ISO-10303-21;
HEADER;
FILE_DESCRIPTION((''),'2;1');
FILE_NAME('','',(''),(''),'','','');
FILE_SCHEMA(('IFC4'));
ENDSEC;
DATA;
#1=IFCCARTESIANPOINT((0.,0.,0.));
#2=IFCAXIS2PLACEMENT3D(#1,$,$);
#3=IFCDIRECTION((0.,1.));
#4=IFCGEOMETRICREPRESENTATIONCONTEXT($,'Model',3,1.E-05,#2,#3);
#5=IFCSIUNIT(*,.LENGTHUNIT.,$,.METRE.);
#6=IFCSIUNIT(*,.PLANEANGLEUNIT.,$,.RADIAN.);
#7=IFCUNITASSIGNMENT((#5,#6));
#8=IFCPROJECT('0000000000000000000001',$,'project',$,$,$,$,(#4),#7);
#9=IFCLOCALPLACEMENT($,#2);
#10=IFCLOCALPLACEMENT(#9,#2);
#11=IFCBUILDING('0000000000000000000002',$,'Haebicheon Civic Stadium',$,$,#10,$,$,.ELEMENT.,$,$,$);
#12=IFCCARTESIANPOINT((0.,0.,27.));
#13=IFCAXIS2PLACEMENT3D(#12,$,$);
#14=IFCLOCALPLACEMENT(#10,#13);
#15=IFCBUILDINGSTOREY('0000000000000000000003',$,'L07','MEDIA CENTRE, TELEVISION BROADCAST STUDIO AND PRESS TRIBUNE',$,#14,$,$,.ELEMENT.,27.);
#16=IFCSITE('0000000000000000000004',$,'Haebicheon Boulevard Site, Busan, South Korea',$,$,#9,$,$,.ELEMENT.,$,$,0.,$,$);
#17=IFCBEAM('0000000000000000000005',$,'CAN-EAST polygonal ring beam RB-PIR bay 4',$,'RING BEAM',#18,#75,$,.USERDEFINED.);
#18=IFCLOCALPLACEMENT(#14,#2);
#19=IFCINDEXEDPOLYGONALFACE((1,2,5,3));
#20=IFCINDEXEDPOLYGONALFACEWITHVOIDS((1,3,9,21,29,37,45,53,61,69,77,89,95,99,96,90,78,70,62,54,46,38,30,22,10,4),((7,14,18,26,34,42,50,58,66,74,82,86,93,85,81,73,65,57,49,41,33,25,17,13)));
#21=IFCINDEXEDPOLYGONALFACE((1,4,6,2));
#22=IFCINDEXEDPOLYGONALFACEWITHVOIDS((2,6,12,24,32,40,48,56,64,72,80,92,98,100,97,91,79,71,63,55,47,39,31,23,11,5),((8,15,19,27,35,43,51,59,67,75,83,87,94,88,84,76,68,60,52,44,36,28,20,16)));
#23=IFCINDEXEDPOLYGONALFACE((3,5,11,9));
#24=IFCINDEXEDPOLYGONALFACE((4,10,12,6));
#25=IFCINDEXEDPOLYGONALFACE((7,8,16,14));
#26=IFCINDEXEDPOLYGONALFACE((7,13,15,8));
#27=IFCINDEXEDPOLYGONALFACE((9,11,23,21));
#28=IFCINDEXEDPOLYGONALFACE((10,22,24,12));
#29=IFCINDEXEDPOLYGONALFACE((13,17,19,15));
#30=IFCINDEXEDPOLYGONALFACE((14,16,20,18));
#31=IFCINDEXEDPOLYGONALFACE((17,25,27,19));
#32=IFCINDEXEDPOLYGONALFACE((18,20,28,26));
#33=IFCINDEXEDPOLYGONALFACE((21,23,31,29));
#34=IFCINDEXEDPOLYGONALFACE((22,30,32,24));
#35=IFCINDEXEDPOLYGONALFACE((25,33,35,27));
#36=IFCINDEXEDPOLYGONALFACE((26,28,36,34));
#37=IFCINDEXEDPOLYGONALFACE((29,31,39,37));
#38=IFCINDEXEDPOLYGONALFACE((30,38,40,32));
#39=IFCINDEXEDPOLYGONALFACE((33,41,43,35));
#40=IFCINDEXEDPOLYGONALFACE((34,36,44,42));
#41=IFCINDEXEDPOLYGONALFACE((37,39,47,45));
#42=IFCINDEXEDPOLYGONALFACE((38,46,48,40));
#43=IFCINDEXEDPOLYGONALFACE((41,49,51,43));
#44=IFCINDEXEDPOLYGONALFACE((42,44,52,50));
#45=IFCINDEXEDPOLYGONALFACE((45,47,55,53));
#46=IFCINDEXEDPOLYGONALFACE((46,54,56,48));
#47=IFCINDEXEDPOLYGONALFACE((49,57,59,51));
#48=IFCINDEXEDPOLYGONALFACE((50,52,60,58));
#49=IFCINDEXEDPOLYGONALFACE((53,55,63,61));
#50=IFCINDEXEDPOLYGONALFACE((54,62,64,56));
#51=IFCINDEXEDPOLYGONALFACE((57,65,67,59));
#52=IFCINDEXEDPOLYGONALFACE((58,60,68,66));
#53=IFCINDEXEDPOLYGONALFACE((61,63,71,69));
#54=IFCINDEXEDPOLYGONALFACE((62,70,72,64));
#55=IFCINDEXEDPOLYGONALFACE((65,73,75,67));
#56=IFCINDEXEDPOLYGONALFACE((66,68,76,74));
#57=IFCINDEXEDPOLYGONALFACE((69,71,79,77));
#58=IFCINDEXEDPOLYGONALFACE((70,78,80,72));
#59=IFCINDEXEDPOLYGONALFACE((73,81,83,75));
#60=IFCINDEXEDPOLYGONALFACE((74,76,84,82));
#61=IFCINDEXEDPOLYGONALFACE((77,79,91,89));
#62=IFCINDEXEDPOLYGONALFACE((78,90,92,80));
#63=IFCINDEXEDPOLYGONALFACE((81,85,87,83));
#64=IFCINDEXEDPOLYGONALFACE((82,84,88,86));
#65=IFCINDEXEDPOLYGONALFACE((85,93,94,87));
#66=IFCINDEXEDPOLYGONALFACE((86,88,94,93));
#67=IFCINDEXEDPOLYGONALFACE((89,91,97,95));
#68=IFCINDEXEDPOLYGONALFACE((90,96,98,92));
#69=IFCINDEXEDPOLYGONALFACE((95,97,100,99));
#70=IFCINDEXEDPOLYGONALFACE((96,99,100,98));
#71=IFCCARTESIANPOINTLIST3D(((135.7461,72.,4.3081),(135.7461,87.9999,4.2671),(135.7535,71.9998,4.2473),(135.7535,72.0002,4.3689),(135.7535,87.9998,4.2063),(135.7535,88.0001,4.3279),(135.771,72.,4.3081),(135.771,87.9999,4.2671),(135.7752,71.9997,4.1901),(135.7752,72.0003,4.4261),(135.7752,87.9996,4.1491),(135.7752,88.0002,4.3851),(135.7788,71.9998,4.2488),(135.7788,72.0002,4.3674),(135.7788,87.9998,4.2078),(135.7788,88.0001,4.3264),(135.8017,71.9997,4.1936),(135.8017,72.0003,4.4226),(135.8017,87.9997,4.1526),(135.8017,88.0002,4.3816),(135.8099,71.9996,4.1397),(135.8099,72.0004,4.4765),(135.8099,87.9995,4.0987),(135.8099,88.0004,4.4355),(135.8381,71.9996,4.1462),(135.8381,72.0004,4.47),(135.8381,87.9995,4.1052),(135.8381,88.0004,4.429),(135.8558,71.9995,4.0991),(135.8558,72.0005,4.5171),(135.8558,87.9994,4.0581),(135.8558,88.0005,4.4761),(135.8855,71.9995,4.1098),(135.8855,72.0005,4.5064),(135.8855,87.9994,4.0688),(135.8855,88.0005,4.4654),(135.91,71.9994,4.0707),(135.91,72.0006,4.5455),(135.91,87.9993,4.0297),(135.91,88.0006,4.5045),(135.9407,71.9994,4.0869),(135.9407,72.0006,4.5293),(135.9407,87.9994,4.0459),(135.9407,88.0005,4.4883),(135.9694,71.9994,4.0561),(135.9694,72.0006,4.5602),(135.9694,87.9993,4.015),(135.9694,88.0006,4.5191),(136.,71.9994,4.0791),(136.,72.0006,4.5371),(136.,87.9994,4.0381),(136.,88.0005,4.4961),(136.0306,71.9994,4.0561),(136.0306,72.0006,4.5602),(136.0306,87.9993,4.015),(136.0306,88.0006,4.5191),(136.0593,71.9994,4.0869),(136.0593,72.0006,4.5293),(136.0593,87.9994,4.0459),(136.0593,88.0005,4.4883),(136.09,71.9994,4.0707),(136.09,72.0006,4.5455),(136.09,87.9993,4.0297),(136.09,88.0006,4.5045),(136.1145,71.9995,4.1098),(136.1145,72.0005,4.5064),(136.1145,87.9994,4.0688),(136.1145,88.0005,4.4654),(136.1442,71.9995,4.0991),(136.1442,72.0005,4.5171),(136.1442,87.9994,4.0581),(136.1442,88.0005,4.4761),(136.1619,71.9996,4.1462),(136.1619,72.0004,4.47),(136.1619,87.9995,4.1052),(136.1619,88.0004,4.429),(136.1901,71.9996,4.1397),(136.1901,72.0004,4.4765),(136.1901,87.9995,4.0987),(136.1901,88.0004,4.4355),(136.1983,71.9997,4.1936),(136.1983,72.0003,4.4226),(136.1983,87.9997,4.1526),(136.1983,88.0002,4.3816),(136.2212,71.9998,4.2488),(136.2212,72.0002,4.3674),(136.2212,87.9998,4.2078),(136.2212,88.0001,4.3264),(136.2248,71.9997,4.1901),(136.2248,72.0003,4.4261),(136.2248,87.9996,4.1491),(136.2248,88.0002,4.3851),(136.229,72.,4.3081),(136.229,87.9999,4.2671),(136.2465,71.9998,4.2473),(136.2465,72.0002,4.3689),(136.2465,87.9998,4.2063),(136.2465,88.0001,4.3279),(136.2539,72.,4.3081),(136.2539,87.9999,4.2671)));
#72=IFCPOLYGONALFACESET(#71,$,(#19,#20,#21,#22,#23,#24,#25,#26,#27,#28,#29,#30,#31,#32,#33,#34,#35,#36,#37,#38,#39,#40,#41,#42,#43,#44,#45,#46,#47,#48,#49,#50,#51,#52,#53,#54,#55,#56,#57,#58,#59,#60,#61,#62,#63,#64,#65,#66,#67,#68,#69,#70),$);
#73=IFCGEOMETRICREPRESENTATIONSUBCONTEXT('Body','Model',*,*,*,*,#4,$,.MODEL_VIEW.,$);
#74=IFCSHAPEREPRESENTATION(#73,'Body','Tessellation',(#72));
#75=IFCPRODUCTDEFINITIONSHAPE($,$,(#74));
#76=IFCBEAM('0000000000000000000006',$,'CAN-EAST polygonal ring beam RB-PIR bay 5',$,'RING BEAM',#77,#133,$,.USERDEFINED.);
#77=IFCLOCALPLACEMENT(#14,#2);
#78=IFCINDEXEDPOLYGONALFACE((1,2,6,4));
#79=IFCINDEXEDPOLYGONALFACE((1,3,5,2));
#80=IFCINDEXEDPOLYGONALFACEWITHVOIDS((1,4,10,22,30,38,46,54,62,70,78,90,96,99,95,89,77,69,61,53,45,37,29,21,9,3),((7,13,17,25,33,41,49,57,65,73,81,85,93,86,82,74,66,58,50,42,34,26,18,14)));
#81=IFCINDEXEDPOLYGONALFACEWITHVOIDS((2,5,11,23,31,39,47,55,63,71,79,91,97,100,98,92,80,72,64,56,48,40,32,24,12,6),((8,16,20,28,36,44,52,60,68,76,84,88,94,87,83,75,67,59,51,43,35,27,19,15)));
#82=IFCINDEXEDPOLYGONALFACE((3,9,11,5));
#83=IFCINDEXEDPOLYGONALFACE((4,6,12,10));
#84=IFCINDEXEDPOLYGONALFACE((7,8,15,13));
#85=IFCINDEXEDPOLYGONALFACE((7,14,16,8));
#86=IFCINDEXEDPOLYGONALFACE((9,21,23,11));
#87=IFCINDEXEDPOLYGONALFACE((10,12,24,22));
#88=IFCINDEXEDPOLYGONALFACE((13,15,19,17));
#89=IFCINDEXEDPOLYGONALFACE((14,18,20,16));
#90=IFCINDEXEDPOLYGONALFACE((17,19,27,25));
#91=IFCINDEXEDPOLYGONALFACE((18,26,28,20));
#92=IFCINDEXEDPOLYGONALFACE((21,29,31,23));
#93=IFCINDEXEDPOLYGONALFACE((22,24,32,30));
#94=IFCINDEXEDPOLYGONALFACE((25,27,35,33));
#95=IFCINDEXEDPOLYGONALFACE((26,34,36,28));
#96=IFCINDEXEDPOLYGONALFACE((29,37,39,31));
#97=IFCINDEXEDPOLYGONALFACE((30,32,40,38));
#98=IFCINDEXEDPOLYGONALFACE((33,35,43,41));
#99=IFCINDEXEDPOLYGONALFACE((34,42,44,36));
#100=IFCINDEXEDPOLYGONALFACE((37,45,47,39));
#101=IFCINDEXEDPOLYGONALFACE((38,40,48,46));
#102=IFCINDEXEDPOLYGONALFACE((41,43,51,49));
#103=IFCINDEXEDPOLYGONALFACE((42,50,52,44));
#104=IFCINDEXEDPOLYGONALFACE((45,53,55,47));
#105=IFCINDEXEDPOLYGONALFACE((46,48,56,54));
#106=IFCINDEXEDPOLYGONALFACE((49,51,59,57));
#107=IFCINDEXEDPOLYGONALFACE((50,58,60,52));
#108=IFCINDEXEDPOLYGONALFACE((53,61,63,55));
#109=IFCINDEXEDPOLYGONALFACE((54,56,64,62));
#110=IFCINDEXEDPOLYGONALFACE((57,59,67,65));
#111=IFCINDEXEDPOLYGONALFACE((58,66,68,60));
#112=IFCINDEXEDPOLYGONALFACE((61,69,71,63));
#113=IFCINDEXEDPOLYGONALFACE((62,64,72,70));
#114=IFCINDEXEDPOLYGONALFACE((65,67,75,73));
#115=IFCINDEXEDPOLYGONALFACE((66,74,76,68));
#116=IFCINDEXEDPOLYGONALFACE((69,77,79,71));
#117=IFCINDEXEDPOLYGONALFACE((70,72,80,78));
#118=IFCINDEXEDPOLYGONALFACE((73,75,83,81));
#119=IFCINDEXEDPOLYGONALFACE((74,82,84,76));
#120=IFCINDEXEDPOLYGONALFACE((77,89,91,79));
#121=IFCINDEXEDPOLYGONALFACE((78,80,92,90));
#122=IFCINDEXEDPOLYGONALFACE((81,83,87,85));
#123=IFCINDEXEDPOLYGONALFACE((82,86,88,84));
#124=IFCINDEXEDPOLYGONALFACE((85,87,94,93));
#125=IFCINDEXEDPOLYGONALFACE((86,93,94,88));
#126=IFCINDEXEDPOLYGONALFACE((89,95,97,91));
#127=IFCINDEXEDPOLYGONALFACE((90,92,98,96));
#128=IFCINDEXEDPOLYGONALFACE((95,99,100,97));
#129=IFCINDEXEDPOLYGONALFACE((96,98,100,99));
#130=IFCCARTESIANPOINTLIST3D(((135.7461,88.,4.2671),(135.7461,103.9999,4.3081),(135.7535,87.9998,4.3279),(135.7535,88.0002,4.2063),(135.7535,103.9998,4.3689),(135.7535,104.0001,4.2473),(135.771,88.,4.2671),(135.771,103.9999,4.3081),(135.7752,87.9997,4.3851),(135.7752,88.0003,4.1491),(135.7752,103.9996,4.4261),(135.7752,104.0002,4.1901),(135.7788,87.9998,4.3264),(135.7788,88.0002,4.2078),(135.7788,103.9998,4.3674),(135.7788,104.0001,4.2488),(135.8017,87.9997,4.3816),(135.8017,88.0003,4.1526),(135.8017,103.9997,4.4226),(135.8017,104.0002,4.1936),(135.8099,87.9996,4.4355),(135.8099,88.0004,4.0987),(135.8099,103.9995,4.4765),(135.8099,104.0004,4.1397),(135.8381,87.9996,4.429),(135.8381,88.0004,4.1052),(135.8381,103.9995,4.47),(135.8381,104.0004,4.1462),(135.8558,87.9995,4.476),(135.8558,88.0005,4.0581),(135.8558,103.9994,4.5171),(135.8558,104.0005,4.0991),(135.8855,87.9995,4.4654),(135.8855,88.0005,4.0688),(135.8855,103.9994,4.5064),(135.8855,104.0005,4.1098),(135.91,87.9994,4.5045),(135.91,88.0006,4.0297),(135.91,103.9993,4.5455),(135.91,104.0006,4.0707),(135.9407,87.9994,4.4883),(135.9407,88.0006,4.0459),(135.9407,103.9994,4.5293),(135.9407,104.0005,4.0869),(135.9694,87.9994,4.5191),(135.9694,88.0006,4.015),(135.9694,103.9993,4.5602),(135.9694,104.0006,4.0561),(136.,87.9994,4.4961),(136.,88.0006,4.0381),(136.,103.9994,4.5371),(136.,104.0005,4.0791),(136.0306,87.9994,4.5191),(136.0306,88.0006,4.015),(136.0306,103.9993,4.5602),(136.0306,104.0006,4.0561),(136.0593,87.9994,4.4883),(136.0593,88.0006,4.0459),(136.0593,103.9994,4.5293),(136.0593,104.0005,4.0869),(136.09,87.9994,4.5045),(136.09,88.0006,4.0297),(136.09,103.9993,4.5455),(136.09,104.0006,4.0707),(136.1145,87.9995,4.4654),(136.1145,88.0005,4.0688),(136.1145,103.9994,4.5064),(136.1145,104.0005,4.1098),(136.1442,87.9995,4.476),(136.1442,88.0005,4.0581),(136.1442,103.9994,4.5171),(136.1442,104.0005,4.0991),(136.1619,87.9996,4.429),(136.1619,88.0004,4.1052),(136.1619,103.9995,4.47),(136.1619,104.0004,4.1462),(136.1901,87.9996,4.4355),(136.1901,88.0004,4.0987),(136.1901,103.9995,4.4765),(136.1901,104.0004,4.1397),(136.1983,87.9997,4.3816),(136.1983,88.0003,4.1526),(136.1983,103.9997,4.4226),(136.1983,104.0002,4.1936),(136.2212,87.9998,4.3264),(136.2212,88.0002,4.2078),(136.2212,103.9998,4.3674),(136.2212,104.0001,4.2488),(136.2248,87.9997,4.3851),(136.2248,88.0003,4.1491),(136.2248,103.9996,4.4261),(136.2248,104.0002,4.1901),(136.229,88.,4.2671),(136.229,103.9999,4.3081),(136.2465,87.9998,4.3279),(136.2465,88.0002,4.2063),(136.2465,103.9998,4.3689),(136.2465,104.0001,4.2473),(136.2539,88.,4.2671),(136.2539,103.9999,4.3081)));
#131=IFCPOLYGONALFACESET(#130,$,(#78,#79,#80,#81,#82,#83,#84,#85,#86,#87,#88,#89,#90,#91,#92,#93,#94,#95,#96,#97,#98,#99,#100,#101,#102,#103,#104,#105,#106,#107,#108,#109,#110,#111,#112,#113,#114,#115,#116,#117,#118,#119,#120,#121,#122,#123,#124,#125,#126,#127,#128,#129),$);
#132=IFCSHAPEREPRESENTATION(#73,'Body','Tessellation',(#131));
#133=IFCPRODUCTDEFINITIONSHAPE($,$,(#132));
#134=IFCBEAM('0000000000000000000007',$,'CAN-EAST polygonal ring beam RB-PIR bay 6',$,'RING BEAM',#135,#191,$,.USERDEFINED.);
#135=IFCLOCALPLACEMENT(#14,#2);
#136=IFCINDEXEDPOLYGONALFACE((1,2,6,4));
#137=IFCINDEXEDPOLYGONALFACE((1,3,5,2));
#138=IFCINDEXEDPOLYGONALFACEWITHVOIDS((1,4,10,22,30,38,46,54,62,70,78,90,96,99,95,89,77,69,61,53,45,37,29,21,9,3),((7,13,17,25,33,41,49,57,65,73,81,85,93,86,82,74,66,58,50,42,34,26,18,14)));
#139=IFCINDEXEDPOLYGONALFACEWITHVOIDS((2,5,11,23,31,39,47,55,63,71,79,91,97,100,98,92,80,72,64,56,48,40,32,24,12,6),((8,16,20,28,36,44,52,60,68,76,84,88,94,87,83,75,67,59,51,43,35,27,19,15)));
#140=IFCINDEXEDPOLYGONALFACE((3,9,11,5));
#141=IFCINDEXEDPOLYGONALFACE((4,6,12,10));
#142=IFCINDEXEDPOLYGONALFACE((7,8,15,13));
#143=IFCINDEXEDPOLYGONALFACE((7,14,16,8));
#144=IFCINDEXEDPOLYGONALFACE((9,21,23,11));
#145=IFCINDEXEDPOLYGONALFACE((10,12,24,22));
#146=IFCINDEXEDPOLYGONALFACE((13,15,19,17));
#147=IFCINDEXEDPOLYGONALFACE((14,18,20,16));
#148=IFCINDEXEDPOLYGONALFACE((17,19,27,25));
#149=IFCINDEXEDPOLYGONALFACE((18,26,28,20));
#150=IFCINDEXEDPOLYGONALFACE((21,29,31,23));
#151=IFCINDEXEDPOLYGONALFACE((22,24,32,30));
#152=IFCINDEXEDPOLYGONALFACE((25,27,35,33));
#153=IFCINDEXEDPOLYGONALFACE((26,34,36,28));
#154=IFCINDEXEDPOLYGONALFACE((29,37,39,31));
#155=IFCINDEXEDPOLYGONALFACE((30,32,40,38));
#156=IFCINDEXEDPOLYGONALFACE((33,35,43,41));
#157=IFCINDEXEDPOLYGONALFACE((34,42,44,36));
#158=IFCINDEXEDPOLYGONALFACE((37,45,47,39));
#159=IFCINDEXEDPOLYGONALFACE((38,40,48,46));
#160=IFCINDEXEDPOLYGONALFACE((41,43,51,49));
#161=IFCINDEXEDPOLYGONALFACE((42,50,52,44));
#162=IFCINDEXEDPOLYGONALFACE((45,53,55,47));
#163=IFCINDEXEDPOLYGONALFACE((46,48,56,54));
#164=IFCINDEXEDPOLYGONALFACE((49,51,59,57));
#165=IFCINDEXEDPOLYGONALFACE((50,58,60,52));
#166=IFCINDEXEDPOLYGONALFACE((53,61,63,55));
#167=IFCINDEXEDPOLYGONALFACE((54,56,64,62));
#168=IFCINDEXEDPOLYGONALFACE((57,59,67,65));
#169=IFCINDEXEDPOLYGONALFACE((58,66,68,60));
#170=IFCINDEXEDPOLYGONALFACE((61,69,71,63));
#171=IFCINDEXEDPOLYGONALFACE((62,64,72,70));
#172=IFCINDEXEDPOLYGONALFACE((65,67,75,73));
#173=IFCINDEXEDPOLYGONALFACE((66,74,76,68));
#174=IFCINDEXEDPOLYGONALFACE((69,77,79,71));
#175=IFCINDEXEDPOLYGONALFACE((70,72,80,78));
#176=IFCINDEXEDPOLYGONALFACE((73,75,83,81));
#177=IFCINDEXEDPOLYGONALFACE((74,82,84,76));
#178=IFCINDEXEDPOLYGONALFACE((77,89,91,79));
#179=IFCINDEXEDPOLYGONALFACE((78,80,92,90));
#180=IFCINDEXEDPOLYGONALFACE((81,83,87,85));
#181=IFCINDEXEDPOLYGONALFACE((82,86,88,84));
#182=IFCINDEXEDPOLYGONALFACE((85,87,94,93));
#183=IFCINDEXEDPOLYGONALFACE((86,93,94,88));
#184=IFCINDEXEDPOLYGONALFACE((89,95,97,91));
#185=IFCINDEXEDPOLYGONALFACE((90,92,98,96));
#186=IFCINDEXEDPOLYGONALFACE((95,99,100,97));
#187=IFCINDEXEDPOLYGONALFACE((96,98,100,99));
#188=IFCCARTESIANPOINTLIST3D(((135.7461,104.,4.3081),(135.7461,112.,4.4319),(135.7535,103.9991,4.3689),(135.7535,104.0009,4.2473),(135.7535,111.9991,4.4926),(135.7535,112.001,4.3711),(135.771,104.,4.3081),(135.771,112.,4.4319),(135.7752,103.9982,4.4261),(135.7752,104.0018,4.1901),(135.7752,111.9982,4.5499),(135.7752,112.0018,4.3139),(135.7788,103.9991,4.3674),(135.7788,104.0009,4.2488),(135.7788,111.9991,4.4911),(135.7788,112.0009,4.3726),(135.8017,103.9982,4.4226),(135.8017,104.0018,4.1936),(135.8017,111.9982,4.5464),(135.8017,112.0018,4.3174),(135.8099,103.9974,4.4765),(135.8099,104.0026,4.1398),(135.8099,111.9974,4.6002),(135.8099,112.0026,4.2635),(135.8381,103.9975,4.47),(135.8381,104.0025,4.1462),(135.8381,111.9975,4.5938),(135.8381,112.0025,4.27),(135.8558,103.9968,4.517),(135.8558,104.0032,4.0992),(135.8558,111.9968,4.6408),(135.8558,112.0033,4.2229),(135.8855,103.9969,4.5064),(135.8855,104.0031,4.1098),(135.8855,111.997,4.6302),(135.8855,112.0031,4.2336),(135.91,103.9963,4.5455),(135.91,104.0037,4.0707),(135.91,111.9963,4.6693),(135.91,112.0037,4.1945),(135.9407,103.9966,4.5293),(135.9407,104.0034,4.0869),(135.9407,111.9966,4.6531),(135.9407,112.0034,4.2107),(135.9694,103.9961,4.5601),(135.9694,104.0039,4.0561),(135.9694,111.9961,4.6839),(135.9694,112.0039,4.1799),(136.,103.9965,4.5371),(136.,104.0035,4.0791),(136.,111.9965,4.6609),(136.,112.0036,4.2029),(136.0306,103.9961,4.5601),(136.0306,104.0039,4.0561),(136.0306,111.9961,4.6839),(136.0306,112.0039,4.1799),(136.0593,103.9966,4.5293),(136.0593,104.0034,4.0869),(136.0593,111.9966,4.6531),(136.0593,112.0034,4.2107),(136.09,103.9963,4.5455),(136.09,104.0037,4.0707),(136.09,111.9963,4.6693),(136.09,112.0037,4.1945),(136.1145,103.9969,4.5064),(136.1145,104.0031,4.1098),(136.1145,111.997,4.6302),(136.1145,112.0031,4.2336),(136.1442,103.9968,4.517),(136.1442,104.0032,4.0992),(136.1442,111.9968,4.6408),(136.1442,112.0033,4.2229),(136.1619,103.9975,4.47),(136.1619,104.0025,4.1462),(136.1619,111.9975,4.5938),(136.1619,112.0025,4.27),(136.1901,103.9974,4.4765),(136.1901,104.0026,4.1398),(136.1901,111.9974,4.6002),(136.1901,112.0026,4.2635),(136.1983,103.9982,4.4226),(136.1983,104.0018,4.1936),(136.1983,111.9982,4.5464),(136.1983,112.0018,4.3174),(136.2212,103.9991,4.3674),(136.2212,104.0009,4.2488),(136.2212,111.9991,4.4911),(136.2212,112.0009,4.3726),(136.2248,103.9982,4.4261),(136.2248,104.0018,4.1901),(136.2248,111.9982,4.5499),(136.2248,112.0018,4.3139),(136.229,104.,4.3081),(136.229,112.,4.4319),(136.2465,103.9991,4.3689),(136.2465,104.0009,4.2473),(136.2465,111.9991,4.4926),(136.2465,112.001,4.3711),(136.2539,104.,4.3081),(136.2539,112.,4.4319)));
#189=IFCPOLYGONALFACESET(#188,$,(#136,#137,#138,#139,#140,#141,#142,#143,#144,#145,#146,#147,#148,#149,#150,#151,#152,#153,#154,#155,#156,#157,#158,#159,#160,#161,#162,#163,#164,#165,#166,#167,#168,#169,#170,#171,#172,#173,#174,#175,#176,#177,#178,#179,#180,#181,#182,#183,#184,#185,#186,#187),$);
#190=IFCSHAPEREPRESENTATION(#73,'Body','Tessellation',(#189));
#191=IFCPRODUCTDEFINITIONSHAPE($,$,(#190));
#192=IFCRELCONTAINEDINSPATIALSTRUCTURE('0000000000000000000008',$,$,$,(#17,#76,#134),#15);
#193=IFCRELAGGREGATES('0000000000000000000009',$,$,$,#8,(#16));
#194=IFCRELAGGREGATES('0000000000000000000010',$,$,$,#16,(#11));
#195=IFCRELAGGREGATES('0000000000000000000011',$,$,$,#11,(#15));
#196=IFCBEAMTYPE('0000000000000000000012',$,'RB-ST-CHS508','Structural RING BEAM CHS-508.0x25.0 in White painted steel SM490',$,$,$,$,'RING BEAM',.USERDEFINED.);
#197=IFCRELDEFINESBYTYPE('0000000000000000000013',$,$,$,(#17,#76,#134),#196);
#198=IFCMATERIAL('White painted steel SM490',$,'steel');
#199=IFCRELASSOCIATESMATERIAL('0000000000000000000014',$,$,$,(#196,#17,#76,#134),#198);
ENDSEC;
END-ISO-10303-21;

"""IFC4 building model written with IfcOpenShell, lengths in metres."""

from ifc_helpers import new_model, si_unit, direction, frame, origin, origin_2d, place, context, subcontext, project, spatial, hollow_circle, extrude, material, material_profile, profile_set, type_object, element, save


model = new_model("IFC4")

# Units and contexts
model_context = context("Model", 3, precision=1e-05, world=origin(), true_north=direction((0.0, 1.0)))
body_context = subcontext(model_context, "Body", "Model", "MODEL_VIEW")
ifc_project = project(units=[si_unit("LENGTHUNIT", "METRE"), si_unit("PLANEANGLEUNIT", "RADIAN")], contexts=[model_context])

# Site, building, storey
site_placement = place(None, origin())
site = spatial("IfcSite", under=ifc_project, at=site_placement, Name="Haebicheon Boulevard Site, Busan, South Korea", CompositionType="ELEMENT", RefElevation=0.0)
building_placement = place(site_placement, origin())
building = spatial("IfcBuilding", under=site, at=building_placement, Name="Haebicheon Civic Stadium", CompositionType="ELEMENT")
storey_placement = place(building_placement, frame((0.0, 0.0, 27.0)))
storey = spatial("IfcBuildingStorey", under=building, at=storey_placement, Name="L07", Description="MEDIA CENTRE, TELEVISION BROADCAST STUDIO AND PRESS TRIBUNE", CompositionType="ELEMENT", Elevation=27.0)

# Beams
ifc_material_1 = material(Name="White painted steel SM490", Category="steel")
ifc_material_profile_1 = material_profile(ifc_material_1, hollow_circle(Radius=0.2539, WallThickness=0.0249, at=origin_2d()), Name="CHS-508.0x25.0")
ifc_profile_set_1 = profile_set([ifc_material_profile_1], Name="White painted steel SM490")
beam_type = type_object("IfcBeamType", Name="RB-ST-CHS508", Description="Structural RING BEAM CHS-508.0x25.0 in White painted steel SM490", ElementType="RING BEAM", PredefinedType="USERDEFINED", material=ifc_profile_set_1)
for number, where, z_axis, x_axis, name in (
    (1, (136.0, 72.0, 4.3081), (0.0, 0.999997, -0.002563), (-1.0, 0.0, 0.0), "CAN-EAST polygonal ring beam RB-PIR bay 4"),
    (2, (136.0, 88.0, 4.2671), (0.0, 0.999997, 0.002563), (-1.0, 0.0, 0.0), "CAN-EAST polygonal ring beam RB-PIR bay 5"),
):
    element("IfcBeam", number, at=place(storey_placement, frame(where, z_axis=z_axis, x_axis=x_axis)), inside=storey, type_object=beam_type, material=ifc_profile_set_1, Name=name, ObjectType="RING BEAM", PredefinedType="USERDEFINED", context=body_context, shape_type="SweptSolid", body=[
        extrude(hollow_circle(Radius=0.2539, WallThickness=0.0249, at=origin_2d()), origin(), (0.0, 0.0, 1.0), 16.0),
    ])
beam_placement = place(storey_placement, frame((136.0, 104.0, 4.3081), z_axis=(0.0, 0.99988, 0.015471), x_axis=(-1.0, 0.0, 0.0)))
element("IfcBeam", 3, at=beam_placement, inside=storey, type_object=beam_type, material=ifc_profile_set_1, Name="CAN-EAST polygonal ring beam RB-PIR bay 6", ObjectType="RING BEAM", PredefinedType="USERDEFINED", context=body_context, shape_type="SweptSolid", body=[
    extrude(hollow_circle(Radius=0.2539, WallThickness=0.0249, at=origin_2d()), origin(), (0.0, 0.0, 1.0), 8.001),
])

save(model, "model.ifc")
